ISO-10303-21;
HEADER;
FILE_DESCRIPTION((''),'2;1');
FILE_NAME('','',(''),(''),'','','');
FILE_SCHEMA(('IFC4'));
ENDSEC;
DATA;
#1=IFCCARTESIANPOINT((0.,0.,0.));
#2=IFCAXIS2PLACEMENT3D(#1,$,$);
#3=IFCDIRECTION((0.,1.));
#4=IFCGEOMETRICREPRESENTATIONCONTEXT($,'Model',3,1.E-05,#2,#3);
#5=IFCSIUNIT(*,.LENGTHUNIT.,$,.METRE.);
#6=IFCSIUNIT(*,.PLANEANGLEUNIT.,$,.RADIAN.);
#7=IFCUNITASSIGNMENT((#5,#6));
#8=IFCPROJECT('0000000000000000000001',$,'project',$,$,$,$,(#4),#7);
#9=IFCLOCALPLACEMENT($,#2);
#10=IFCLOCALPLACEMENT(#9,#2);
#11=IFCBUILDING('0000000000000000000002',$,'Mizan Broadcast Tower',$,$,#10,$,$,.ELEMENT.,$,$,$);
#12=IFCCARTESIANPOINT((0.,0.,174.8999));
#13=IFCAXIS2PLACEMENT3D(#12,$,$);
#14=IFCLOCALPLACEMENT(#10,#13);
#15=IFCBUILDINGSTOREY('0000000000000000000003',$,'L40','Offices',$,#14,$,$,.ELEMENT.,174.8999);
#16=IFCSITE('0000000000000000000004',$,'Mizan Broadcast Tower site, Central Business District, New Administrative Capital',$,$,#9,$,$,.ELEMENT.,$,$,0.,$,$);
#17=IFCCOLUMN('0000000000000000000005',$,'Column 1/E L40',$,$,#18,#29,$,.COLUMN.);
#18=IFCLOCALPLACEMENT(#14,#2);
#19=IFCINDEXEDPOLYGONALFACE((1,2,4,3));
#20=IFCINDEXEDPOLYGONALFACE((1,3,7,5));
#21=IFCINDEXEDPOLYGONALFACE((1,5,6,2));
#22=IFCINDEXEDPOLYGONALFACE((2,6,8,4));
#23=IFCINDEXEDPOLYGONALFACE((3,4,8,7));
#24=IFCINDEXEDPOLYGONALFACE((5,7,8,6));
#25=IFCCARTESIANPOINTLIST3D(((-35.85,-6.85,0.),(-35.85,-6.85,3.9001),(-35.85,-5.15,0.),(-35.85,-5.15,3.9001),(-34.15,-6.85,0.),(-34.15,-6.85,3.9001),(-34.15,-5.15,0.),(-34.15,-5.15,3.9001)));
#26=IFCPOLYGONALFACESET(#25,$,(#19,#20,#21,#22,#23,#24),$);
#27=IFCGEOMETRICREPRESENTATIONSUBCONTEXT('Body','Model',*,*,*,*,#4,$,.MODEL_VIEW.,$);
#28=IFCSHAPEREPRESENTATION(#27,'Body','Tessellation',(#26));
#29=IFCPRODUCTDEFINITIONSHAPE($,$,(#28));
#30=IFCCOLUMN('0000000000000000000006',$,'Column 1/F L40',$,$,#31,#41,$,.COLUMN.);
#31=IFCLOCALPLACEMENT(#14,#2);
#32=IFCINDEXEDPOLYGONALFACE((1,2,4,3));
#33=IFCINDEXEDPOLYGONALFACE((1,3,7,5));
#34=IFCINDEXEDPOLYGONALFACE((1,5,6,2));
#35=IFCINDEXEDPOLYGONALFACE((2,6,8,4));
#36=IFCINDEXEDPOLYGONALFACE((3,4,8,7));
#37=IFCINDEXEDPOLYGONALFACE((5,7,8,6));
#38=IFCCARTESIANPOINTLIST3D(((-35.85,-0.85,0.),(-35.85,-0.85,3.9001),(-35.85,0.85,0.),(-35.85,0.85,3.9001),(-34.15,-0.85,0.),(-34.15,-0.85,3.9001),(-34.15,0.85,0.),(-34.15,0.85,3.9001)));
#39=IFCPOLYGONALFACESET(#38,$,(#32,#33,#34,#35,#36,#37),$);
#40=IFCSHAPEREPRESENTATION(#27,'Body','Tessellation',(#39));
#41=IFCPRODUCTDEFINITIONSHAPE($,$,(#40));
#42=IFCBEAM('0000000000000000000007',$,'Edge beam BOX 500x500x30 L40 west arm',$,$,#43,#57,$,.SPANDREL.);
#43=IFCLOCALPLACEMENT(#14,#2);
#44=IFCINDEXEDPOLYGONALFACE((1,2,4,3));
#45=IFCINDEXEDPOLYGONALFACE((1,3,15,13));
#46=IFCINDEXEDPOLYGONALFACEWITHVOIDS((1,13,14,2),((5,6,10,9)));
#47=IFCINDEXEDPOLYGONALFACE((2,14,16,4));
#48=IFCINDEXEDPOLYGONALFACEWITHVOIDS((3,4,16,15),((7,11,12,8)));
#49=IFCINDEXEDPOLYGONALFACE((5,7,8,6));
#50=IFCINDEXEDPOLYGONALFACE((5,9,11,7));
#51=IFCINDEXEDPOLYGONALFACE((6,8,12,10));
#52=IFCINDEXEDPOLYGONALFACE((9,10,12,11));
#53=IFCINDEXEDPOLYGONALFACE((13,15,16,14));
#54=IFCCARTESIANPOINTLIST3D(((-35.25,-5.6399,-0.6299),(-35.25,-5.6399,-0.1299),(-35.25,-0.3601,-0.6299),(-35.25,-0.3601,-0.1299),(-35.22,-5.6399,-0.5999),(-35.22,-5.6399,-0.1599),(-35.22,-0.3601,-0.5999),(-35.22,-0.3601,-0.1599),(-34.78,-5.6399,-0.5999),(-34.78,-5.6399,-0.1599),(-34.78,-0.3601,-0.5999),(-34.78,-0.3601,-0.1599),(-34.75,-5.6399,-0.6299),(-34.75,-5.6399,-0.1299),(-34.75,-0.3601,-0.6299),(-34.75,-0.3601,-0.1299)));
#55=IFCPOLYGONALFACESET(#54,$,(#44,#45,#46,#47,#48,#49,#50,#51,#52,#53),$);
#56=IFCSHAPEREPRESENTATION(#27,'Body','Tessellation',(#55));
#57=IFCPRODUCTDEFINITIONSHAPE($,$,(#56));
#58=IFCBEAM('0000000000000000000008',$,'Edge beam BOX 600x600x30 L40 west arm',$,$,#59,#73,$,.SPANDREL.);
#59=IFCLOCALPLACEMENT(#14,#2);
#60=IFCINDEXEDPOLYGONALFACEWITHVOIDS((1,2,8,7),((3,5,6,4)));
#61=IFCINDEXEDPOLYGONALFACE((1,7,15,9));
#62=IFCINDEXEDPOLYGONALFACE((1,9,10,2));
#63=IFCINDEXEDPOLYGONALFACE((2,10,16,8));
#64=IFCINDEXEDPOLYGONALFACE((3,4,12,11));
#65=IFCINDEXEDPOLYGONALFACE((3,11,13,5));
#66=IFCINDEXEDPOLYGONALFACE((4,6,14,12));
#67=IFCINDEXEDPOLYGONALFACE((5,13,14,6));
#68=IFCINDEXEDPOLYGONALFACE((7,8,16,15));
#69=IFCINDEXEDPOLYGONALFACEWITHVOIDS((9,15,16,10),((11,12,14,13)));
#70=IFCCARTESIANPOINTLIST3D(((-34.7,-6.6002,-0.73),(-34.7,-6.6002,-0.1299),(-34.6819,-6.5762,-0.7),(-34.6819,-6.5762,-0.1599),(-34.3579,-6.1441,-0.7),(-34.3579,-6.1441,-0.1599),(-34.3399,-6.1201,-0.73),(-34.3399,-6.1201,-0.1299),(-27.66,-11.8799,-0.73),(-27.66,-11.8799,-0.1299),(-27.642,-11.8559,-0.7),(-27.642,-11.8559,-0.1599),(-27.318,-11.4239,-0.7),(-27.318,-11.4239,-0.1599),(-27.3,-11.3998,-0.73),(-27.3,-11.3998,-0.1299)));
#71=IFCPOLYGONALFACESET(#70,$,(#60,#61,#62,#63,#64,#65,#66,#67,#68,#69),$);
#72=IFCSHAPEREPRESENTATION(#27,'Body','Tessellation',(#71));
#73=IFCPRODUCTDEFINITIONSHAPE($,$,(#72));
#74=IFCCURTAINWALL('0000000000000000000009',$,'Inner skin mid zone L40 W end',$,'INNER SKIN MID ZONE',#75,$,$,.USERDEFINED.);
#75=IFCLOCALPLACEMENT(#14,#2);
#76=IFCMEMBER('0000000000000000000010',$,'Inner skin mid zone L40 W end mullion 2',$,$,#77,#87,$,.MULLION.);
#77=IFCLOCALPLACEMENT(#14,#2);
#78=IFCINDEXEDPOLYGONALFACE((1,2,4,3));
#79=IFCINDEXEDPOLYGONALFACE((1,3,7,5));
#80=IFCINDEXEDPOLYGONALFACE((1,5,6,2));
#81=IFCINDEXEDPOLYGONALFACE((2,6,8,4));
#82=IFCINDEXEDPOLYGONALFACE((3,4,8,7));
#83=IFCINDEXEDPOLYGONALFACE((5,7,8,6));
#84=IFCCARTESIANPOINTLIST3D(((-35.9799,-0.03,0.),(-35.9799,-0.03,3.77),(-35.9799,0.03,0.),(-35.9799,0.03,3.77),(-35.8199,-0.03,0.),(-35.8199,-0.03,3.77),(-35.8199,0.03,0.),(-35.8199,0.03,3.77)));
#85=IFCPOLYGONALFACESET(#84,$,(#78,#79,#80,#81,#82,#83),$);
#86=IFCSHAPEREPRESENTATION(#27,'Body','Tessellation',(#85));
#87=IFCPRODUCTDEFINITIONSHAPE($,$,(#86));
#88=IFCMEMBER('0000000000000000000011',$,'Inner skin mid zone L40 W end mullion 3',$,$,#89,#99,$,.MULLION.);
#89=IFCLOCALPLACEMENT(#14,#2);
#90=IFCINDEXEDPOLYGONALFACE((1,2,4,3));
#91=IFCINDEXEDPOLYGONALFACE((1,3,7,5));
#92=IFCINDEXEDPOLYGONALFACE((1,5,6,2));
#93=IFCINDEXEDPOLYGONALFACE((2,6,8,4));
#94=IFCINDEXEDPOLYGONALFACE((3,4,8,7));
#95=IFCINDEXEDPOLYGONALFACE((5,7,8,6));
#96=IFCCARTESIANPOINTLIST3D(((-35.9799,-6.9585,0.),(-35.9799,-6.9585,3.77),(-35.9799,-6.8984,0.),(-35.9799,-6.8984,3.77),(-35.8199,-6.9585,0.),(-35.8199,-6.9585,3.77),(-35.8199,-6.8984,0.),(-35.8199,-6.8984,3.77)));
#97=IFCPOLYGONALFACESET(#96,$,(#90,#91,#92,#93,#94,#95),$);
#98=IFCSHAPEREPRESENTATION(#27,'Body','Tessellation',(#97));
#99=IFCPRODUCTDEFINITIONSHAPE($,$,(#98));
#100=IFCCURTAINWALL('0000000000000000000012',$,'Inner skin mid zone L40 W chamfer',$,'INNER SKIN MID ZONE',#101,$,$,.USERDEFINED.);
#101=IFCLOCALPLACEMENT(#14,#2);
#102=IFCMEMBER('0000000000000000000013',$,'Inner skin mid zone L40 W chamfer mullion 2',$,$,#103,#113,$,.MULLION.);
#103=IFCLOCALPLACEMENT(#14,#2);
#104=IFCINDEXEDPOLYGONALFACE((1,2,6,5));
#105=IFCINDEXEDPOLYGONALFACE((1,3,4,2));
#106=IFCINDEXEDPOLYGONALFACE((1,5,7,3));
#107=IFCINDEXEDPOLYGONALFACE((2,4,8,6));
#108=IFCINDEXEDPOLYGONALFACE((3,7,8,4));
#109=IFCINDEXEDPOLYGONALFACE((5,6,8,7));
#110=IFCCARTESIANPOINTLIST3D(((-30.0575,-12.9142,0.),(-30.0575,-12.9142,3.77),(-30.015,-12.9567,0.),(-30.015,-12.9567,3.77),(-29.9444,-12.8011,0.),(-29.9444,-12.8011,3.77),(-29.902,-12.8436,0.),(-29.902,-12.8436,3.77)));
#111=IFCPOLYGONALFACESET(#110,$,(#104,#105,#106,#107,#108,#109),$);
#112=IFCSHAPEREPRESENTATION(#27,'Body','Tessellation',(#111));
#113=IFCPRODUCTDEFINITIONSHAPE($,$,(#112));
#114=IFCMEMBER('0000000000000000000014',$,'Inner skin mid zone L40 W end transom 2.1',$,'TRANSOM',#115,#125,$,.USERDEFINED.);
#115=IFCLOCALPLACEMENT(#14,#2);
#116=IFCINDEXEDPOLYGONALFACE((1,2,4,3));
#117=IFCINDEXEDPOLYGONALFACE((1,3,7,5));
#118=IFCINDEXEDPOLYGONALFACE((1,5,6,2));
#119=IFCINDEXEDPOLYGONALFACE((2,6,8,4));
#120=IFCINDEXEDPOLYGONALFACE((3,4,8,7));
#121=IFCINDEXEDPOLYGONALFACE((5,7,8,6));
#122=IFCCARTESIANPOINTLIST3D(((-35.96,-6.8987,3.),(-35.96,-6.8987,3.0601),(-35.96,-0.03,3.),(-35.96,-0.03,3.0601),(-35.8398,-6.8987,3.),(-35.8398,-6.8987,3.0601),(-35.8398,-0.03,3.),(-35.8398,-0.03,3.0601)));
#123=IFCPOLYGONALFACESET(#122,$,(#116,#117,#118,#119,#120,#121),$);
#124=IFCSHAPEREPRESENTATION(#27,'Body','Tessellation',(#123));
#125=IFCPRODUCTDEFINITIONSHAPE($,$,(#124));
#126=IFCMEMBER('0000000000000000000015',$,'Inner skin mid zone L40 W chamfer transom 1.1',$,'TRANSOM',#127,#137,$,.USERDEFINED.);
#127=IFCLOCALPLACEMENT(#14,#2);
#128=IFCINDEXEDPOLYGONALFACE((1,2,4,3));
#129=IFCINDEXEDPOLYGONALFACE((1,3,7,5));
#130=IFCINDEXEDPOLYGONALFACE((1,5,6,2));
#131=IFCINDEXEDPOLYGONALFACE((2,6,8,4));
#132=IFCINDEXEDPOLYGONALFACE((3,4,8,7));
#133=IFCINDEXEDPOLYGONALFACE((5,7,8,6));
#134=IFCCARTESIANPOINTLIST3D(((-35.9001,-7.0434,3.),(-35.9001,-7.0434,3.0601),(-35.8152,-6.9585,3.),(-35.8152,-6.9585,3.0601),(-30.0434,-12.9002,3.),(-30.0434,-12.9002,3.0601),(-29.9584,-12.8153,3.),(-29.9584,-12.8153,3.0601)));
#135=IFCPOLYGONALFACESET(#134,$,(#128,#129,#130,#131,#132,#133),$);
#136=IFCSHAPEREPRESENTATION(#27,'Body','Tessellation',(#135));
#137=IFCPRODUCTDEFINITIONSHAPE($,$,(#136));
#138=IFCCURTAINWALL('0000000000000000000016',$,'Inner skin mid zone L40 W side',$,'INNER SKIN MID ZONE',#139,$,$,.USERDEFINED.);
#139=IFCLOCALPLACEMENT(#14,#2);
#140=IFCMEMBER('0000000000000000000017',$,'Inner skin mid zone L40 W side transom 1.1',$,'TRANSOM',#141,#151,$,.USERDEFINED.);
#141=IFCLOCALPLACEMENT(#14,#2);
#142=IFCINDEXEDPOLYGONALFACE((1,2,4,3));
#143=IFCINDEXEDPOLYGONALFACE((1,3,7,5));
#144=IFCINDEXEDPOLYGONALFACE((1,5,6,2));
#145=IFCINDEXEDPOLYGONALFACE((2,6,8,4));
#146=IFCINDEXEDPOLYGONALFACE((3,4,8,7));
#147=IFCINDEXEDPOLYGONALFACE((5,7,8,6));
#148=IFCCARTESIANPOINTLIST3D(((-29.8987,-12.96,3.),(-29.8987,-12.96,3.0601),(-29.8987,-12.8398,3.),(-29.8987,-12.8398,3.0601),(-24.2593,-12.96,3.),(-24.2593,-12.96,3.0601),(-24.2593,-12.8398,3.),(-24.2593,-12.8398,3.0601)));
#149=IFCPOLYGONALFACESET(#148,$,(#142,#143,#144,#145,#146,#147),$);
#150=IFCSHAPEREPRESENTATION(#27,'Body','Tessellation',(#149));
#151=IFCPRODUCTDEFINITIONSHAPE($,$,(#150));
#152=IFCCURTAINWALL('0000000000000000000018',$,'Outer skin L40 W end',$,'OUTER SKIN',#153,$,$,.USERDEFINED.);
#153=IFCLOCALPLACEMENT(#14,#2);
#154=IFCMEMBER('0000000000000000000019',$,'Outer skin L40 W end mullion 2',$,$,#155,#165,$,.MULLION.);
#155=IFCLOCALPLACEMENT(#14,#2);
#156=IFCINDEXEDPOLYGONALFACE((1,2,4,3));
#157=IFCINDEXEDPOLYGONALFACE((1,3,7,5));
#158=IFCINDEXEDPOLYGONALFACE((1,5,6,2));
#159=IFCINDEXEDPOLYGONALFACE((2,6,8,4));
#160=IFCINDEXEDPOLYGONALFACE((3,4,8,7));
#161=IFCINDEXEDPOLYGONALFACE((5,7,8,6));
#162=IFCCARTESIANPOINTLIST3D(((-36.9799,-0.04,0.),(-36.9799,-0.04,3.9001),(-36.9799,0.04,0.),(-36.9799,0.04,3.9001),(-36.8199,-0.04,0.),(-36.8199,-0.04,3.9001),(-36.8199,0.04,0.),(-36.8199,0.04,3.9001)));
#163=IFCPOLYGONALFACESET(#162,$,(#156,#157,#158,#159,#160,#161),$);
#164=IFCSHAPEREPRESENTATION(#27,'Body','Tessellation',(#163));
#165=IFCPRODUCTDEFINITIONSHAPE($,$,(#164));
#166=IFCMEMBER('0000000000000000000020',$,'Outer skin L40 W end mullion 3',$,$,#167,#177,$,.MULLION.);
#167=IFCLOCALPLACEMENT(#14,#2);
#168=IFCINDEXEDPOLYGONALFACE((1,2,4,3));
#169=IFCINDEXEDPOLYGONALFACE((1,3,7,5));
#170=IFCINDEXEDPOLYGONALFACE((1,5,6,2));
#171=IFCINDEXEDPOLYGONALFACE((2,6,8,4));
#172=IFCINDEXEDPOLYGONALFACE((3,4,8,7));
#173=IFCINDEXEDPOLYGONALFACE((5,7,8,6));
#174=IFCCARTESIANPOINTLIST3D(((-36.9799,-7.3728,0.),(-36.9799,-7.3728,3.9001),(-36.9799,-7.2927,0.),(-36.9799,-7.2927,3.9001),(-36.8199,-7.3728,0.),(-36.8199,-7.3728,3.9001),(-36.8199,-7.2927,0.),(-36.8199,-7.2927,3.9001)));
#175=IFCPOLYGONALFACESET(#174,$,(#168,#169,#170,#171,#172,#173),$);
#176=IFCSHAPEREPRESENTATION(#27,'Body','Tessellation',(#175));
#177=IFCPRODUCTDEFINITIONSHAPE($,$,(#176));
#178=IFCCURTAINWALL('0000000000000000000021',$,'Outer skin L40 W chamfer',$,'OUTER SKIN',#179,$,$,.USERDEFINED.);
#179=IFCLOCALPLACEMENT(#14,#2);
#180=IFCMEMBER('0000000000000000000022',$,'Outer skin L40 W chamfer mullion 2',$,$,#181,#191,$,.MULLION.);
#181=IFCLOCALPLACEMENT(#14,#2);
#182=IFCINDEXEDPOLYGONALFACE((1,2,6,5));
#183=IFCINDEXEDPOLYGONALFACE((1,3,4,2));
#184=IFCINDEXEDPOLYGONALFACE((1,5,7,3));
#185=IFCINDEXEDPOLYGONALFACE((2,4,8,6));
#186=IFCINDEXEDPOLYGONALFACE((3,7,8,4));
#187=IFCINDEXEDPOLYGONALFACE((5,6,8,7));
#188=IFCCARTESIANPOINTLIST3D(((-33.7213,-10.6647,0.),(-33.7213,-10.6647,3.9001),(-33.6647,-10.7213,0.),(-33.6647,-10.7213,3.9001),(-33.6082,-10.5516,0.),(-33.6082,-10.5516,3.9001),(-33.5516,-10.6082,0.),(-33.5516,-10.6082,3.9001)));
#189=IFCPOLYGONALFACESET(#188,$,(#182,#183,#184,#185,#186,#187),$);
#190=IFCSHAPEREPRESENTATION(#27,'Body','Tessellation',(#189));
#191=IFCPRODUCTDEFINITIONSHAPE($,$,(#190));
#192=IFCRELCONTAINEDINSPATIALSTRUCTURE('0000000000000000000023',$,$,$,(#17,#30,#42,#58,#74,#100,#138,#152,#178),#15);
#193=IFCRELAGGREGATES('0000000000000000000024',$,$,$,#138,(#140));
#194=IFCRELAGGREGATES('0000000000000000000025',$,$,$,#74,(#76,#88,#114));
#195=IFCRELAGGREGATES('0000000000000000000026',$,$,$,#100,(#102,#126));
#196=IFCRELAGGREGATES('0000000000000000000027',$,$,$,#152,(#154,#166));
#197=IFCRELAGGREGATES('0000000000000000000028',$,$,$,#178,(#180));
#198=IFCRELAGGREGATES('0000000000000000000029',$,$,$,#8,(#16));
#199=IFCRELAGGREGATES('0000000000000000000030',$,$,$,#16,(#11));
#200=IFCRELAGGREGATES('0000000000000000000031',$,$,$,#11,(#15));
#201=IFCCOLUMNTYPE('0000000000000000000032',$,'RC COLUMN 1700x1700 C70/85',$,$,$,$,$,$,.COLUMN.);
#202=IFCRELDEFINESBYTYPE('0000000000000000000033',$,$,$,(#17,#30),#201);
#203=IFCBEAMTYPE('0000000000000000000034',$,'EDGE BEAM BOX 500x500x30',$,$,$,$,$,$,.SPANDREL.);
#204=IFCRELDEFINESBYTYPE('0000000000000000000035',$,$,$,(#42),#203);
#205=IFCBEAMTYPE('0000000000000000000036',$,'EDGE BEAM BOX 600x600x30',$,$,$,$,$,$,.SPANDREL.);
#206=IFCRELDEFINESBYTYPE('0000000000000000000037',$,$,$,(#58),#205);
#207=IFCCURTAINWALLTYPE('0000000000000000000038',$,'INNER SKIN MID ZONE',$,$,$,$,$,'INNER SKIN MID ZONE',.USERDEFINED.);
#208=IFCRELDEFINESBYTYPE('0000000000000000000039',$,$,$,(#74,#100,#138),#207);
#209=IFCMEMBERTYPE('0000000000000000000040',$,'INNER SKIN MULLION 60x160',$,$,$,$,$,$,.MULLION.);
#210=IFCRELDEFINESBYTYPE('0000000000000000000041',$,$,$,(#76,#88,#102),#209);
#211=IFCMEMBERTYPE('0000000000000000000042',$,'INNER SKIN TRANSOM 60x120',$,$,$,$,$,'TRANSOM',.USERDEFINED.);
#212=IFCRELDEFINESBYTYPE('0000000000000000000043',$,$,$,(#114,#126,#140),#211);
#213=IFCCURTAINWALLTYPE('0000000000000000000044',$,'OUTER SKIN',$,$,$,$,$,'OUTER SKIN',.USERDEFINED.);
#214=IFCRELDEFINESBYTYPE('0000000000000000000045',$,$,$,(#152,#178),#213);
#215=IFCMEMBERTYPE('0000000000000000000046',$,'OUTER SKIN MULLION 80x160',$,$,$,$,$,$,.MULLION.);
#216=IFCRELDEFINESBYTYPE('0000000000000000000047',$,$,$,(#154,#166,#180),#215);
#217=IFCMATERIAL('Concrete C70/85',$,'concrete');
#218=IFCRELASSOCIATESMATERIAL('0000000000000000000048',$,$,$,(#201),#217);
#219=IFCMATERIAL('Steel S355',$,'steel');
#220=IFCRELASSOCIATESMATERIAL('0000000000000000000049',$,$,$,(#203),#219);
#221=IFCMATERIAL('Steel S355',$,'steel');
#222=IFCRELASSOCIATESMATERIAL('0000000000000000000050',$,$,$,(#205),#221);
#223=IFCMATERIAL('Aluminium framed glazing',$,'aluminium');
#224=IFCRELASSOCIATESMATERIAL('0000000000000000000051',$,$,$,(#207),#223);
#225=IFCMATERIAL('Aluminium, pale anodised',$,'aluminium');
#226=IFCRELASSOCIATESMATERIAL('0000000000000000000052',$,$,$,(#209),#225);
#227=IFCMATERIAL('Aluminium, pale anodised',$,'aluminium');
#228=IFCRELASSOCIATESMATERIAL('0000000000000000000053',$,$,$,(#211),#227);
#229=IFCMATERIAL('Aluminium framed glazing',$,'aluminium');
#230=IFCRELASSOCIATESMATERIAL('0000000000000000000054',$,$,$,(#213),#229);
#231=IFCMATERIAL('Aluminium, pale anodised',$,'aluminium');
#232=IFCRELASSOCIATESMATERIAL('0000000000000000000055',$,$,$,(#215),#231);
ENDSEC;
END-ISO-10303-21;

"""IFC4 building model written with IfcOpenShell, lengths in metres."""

from ifc_helpers import new_model, si_unit, direction, frame, origin, origin_2d, place, context, subcontext, project, spatial, rectangle, hollow_rectangle, extrude, material, material_profile, profile_set, type_object, element, aggregate, save


model = new_model("IFC4")

# Units and contexts
model_context = context("Model", 3, precision=1e-05, world=origin(), true_north=direction((0.0, 1.0)))
body_context = subcontext(model_context, "Body", "Model", "MODEL_VIEW")
ifc_project = project(units=[si_unit("LENGTHUNIT", "METRE"), si_unit("PLANEANGLEUNIT", "RADIAN")], contexts=[model_context])

# Site, building, storey
site_placement = place(None, origin())
site = spatial("IfcSite", under=ifc_project, at=site_placement, Name="Mizan Broadcast Tower site, Central Business District, New Administrative Capital", CompositionType="ELEMENT", RefElevation=0.0)
building_placement = place(site_placement, origin())
building = spatial("IfcBuilding", under=site, at=building_placement, Name="Mizan Broadcast Tower", CompositionType="ELEMENT")
storey_placement = place(building_placement, frame((0.0, 0.0, 174.8999)))
storey = spatial("IfcBuildingStorey", under=building, at=storey_placement, Name="L40", Description="Offices", CompositionType="ELEMENT", Elevation=174.8999)

# Columns
ifc_material_1 = material(Name="Concrete C70/85", Category="concrete")
ifc_material_profile_1 = material_profile(ifc_material_1, rectangle(XDim=1.7, YDim=1.7, at=origin_2d()), Name="RC 1700x1700")
ifc_profile_set_1 = profile_set([ifc_material_profile_1], Name="Concrete C70/85")
column_type = type_object("IfcColumnType", Name="RC COLUMN 1700x1700 C70/85", PredefinedType="COLUMN", material=ifc_profile_set_1)
for number, where, z_axis, x_axis, name in (
    (1, (-35.0, -6.0, 0.0), (0.0, 0.0, 1.0), (1.0, 0.0, 0.0), "Column 1/E L40"),
    (2, (-35.0, 0.0, 0.0), (0.0, 0.0, 1.0), (1.0, 0.0, 0.0), "Column 1/F L40"),
):
    element("IfcColumn", number, at=place(storey_placement, frame(where, z_axis=z_axis, x_axis=x_axis)), inside=storey, type_object=column_type, Name=name, PredefinedType="COLUMN", context=body_context, shape_type="SweptSolid", body=[
        extrude(rectangle(XDim=1.7, YDim=1.7, at=origin_2d()), origin(), (0.0, 0.0, 1.0), 3.9001),
    ])

# Beams
ifc_material_2 = material(Name="Steel S355", Category="steel")
ifc_material_profile_2 = material_profile(ifc_material_2, hollow_rectangle(XDim=0.5, YDim=0.5, WallThickness=0.03, at=origin_2d()), Name="BOX 500x500x30")
ifc_profile_set_2 = profile_set([ifc_material_profile_2], Name="Steel S355")
beam_type_1 = type_object("IfcBeamType", Name="EDGE BEAM BOX 500x500x30", PredefinedType="SPANDREL", material=ifc_profile_set_2)
beam_1_placement = place(storey_placement, frame((-35.0, -5.6399, -0.3799), z_axis=(0.0, 1.0, 0.0), x_axis=(-1.0, 0.0, 0.0)))
element("IfcBeam", 3, at=beam_1_placement, inside=storey, type_object=beam_type_1, Name="Edge beam BOX 500x500x30 L40 west arm", PredefinedType="SPANDREL", context=body_context, shape_type="SweptSolid", body=[
    extrude(hollow_rectangle(XDim=0.5, YDim=0.5, WallThickness=0.03, at=origin_2d()), origin(), (0.0, 0.0, 1.0), 5.2798),
])
ifc_material_3 = material(Name="Steel S355", Category="steel")
ifc_material_profile_3 = material_profile(ifc_material_3, hollow_rectangle(XDim=0.6001, YDim=0.6001, WallThickness=0.03, at=origin_2d()), Name="BOX 600x600x30")
ifc_profile_set_3 = profile_set([ifc_material_profile_3], Name="Steel S355")
beam_type_2 = type_object("IfcBeamType", Name="EDGE BEAM BOX 600x600x30", PredefinedType="SPANDREL", material=ifc_profile_set_3)
beam_2_placement = place(storey_placement, frame((-27.48, -11.6399, -0.4299), z_axis=(-0.800013, 0.599982, 0.0), x_axis=(-0.599982, -0.800013, 0.0)))
element("IfcBeam", 4, at=beam_2_placement, inside=storey, type_object=beam_type_2, Name="Edge beam BOX 600x600x30 L40 west arm", PredefinedType="SPANDREL", context=body_context, shape_type="SweptSolid", body=[
    extrude(hollow_rectangle(XDim=0.6001, YDim=0.6001, WallThickness=0.03, at=origin_2d()), origin(), (0.0, 0.0, 1.0), 8.7998),
])

# Curtain wall, members
ifc_material_4 = material(Name="Aluminium framed glazing", Category="aluminium")
curtain_wall_type_1 = type_object("IfcCurtainWallType", Name="INNER SKIN MID ZONE", ElementType="INNER SKIN MID ZONE", PredefinedType="USERDEFINED", material=ifc_material_4)
curtain_wall_1_placement = place(storey_placement, origin())
curtain_wall_1 = element("IfcCurtainWall", 5, at=curtain_wall_1_placement, inside=storey, type_object=curtain_wall_type_1, Name="Inner skin mid zone L40 W end", ObjectType="INNER SKIN MID ZONE", PredefinedType="USERDEFINED")
ifc_material_5 = material(Name="Aluminium, pale anodised", Category="aluminium")
ifc_material_profile_4 = material_profile(ifc_material_5, rectangle(XDim=0.1599, YDim=0.0601, at=origin_2d()), Name="MULLION 160x60")
ifc_profile_set_4 = profile_set([ifc_material_profile_4], Name="Aluminium, pale anodised")
member_type_1 = type_object("IfcMemberType", Name="INNER SKIN MULLION 60x160", PredefinedType="MULLION", material=ifc_profile_set_4)
member_1_placement = place(storey_placement, frame((-35.8999, 0.0, 0.0), z_axis=(0.0, 0.0, 1.0), x_axis=(1.0, 0.0, 0.0)))
member_1 = element("IfcMember", 6, at=member_1_placement, type_object=member_type_1, Name="Inner skin mid zone L40 W end mullion 2", PredefinedType="MULLION", context=body_context, shape_type="SweptSolid", body=[
    extrude(rectangle(XDim=0.1599, YDim=0.0601, at=origin_2d()), origin(), (0.0, 0.0, 1.0), 3.77),
])
member_2_placement = place(storey_placement, frame((-35.8999, -6.9285, 0.0), z_axis=(0.0, 0.0, 1.0), x_axis=(1.0, 0.0, 0.0)))
member_2 = element("IfcMember", 7, at=member_2_placement, type_object=member_type_1, Name="Inner skin mid zone L40 W end mullion 3", PredefinedType="MULLION", context=body_context, shape_type="SweptSolid", body=[
    extrude(rectangle(XDim=0.1599, YDim=0.0601, at=origin_2d()), origin(), (0.0, 0.0, 1.0), 3.77),
])

# Curtain wall, member
curtain_wall_2_placement = place(storey_placement, origin())
curtain_wall_2 = element("IfcCurtainWall", 8, at=curtain_wall_2_placement, inside=storey, type_object=curtain_wall_type_1, Name="Inner skin mid zone L40 W chamfer", ObjectType="INNER SKIN MID ZONE", PredefinedType="USERDEFINED")
member_3_placement = place(storey_placement, frame((-29.9797, -12.8789, 0.0), z_axis=(0.0, 0.0, 1.0), x_axis=(0.707107, 0.707107, 0.0)))
member_3 = element("IfcMember", 9, at=member_3_placement, type_object=member_type_1, Name="Inner skin mid zone L40 W chamfer mullion 2", PredefinedType="MULLION", context=body_context, shape_type="SweptSolid", body=[
    extrude(rectangle(XDim=0.1599, YDim=0.0601, at=origin_2d()), origin(), (0.0, 0.0, 1.0), 3.77),
])

# Members
ifc_material_6 = material(Name="Aluminium, pale anodised", Category="aluminium")
ifc_material_profile_5 = material_profile(ifc_material_6, rectangle(XDim=0.1201, YDim=0.0601, at=origin_2d()), Name="TRANSOM 120x60")
ifc_profile_set_5 = profile_set([ifc_material_profile_5], Name="Aluminium, pale anodised")
member_type_2 = type_object("IfcMemberType", Name="INNER SKIN TRANSOM 60x120", ElementType="TRANSOM", PredefinedType="USERDEFINED", material=ifc_profile_set_5)
member_4_placement = place(storey_placement, frame((-35.8999, -0.03, 3.03), z_axis=(0.0, -1.0, 0.0), x_axis=(1.0, 0.0, 0.0)))
member_4 = element("IfcMember", 10, at=member_4_placement, type_object=member_type_2, Name="Inner skin mid zone L40 W end transom 2.1", ObjectType="TRANSOM", PredefinedType="USERDEFINED", context=body_context, shape_type="SweptSolid", body=[
    extrude(rectangle(XDim=0.1201, YDim=0.0601, at=origin_2d()), origin(), (0.0, 0.0, 1.0), 6.8687),
])
member_5_placement = place(storey_placement, frame((-35.8577, -7.001, 3.03), z_axis=(0.707107, -0.707107, 0.0), x_axis=(0.707107, 0.707107, 0.0)))
member_5 = element("IfcMember", 11, at=member_5_placement, type_object=member_type_2, Name="Inner skin mid zone L40 W chamfer transom 1.1", ObjectType="TRANSOM", PredefinedType="USERDEFINED", context=body_context, shape_type="SweptSolid", body=[
    extrude(rectangle(XDim=0.1201, YDim=0.0601, at=origin_2d()), origin(), (0.0, 0.0, 1.0), 8.2827),
])

# Curtain wall, member
curtain_wall_3_placement = place(storey_placement, origin())
curtain_wall_3 = element("IfcCurtainWall", 12, at=curtain_wall_3_placement, inside=storey, type_object=curtain_wall_type_1, Name="Inner skin mid zone L40 W side", ObjectType="INNER SKIN MID ZONE", PredefinedType="USERDEFINED")
member_6_placement = place(storey_placement, frame((-29.8987, -12.8999, 3.03), z_axis=(1.0, 0.0, 0.0), x_axis=(0.0, 1.0, 0.0)))
member_6 = element("IfcMember", 13, at=member_6_placement, type_object=member_type_2, Name="Inner skin mid zone L40 W side transom 1.1", ObjectType="TRANSOM", PredefinedType="USERDEFINED", context=body_context, shape_type="SweptSolid", body=[
    extrude(rectangle(XDim=0.1201, YDim=0.0601, at=origin_2d()), origin(), (0.0, 0.0, 1.0), 5.6394),
])
aggregate(curtain_wall_3, [member_6])

# Curtain walls, members
ifc_material_7 = material(Name="Aluminium framed glazing", Category="aluminium")
curtain_wall_type_2 = type_object("IfcCurtainWallType", Name="OUTER SKIN", ElementType="OUTER SKIN", PredefinedType="USERDEFINED", material=ifc_material_7)
curtain_wall_4_placement = place(storey_placement, origin())
curtain_wall_4 = element("IfcCurtainWall", 14, at=curtain_wall_4_placement, inside=storey, type_object=curtain_wall_type_2, Name="Outer skin L40 W end", ObjectType="OUTER SKIN", PredefinedType="USERDEFINED")
ifc_material_8 = material(Name="Aluminium, pale anodised", Category="aluminium")
ifc_material_profile_6 = material_profile(ifc_material_8, rectangle(XDim=0.1599, YDim=0.0801, at=origin_2d()), Name="MULLION 160x80")
ifc_profile_set_6 = profile_set([ifc_material_profile_6], Name="Aluminium, pale anodised")
member_type_3 = type_object("IfcMemberType", Name="OUTER SKIN MULLION 80x160", PredefinedType="MULLION", material=ifc_profile_set_6)
member_7_placement = place(storey_placement, frame((-36.8999, 0.0, 0.0), z_axis=(0.0, 0.0, 1.0), x_axis=(1.0, 0.0, 0.0)))
member_7 = element("IfcMember", 15, at=member_7_placement, type_object=member_type_3, Name="Outer skin L40 W end mullion 2", PredefinedType="MULLION", context=body_context, shape_type="SweptSolid", body=[
    extrude(rectangle(XDim=0.1599, YDim=0.0801, at=origin_2d()), origin(), (0.0, 0.0, 1.0), 3.9001),
])
member_8_placement = place(storey_placement, frame((-36.8999, -7.3328, 0.0), z_axis=(0.0, 0.0, 1.0), x_axis=(1.0, 0.0, 0.0)))
member_8 = element("IfcMember", 16, at=member_8_placement, type_object=member_type_3, Name="Outer skin L40 W end mullion 3", PredefinedType="MULLION", context=body_context, shape_type="SweptSolid", body=[
    extrude(rectangle(XDim=0.1599, YDim=0.0801, at=origin_2d()), origin(), (0.0, 0.0, 1.0), 3.9001),
])
curtain_wall_5_placement = place(storey_placement, origin())
curtain_wall_5 = element("IfcCurtainWall", 17, at=curtain_wall_5_placement, inside=storey, type_object=curtain_wall_type_2, Name="Outer skin L40 W chamfer", ObjectType="OUTER SKIN", PredefinedType="USERDEFINED")
member_9_placement = place(storey_placement, frame((-33.6365, -10.6365, 0.0), z_axis=(0.0, 0.0, 1.0), x_axis=(0.707107, 0.707107, 0.0)))
member_9 = element("IfcMember", 18, at=member_9_placement, type_object=member_type_3, Name="Outer skin L40 W chamfer mullion 2", PredefinedType="MULLION", context=body_context, shape_type="SweptSolid", body=[
    extrude(rectangle(XDim=0.1599, YDim=0.0801, at=origin_2d()), origin(), (0.0, 0.0, 1.0), 3.9001),
])

aggregate(curtain_wall_1, [member_1, member_2, member_4])
aggregate(curtain_wall_2, [member_3, member_5])
aggregate(curtain_wall_4, [member_7, member_8])
aggregate(curtain_wall_5, [member_9])

save(model, "model.ifc")
